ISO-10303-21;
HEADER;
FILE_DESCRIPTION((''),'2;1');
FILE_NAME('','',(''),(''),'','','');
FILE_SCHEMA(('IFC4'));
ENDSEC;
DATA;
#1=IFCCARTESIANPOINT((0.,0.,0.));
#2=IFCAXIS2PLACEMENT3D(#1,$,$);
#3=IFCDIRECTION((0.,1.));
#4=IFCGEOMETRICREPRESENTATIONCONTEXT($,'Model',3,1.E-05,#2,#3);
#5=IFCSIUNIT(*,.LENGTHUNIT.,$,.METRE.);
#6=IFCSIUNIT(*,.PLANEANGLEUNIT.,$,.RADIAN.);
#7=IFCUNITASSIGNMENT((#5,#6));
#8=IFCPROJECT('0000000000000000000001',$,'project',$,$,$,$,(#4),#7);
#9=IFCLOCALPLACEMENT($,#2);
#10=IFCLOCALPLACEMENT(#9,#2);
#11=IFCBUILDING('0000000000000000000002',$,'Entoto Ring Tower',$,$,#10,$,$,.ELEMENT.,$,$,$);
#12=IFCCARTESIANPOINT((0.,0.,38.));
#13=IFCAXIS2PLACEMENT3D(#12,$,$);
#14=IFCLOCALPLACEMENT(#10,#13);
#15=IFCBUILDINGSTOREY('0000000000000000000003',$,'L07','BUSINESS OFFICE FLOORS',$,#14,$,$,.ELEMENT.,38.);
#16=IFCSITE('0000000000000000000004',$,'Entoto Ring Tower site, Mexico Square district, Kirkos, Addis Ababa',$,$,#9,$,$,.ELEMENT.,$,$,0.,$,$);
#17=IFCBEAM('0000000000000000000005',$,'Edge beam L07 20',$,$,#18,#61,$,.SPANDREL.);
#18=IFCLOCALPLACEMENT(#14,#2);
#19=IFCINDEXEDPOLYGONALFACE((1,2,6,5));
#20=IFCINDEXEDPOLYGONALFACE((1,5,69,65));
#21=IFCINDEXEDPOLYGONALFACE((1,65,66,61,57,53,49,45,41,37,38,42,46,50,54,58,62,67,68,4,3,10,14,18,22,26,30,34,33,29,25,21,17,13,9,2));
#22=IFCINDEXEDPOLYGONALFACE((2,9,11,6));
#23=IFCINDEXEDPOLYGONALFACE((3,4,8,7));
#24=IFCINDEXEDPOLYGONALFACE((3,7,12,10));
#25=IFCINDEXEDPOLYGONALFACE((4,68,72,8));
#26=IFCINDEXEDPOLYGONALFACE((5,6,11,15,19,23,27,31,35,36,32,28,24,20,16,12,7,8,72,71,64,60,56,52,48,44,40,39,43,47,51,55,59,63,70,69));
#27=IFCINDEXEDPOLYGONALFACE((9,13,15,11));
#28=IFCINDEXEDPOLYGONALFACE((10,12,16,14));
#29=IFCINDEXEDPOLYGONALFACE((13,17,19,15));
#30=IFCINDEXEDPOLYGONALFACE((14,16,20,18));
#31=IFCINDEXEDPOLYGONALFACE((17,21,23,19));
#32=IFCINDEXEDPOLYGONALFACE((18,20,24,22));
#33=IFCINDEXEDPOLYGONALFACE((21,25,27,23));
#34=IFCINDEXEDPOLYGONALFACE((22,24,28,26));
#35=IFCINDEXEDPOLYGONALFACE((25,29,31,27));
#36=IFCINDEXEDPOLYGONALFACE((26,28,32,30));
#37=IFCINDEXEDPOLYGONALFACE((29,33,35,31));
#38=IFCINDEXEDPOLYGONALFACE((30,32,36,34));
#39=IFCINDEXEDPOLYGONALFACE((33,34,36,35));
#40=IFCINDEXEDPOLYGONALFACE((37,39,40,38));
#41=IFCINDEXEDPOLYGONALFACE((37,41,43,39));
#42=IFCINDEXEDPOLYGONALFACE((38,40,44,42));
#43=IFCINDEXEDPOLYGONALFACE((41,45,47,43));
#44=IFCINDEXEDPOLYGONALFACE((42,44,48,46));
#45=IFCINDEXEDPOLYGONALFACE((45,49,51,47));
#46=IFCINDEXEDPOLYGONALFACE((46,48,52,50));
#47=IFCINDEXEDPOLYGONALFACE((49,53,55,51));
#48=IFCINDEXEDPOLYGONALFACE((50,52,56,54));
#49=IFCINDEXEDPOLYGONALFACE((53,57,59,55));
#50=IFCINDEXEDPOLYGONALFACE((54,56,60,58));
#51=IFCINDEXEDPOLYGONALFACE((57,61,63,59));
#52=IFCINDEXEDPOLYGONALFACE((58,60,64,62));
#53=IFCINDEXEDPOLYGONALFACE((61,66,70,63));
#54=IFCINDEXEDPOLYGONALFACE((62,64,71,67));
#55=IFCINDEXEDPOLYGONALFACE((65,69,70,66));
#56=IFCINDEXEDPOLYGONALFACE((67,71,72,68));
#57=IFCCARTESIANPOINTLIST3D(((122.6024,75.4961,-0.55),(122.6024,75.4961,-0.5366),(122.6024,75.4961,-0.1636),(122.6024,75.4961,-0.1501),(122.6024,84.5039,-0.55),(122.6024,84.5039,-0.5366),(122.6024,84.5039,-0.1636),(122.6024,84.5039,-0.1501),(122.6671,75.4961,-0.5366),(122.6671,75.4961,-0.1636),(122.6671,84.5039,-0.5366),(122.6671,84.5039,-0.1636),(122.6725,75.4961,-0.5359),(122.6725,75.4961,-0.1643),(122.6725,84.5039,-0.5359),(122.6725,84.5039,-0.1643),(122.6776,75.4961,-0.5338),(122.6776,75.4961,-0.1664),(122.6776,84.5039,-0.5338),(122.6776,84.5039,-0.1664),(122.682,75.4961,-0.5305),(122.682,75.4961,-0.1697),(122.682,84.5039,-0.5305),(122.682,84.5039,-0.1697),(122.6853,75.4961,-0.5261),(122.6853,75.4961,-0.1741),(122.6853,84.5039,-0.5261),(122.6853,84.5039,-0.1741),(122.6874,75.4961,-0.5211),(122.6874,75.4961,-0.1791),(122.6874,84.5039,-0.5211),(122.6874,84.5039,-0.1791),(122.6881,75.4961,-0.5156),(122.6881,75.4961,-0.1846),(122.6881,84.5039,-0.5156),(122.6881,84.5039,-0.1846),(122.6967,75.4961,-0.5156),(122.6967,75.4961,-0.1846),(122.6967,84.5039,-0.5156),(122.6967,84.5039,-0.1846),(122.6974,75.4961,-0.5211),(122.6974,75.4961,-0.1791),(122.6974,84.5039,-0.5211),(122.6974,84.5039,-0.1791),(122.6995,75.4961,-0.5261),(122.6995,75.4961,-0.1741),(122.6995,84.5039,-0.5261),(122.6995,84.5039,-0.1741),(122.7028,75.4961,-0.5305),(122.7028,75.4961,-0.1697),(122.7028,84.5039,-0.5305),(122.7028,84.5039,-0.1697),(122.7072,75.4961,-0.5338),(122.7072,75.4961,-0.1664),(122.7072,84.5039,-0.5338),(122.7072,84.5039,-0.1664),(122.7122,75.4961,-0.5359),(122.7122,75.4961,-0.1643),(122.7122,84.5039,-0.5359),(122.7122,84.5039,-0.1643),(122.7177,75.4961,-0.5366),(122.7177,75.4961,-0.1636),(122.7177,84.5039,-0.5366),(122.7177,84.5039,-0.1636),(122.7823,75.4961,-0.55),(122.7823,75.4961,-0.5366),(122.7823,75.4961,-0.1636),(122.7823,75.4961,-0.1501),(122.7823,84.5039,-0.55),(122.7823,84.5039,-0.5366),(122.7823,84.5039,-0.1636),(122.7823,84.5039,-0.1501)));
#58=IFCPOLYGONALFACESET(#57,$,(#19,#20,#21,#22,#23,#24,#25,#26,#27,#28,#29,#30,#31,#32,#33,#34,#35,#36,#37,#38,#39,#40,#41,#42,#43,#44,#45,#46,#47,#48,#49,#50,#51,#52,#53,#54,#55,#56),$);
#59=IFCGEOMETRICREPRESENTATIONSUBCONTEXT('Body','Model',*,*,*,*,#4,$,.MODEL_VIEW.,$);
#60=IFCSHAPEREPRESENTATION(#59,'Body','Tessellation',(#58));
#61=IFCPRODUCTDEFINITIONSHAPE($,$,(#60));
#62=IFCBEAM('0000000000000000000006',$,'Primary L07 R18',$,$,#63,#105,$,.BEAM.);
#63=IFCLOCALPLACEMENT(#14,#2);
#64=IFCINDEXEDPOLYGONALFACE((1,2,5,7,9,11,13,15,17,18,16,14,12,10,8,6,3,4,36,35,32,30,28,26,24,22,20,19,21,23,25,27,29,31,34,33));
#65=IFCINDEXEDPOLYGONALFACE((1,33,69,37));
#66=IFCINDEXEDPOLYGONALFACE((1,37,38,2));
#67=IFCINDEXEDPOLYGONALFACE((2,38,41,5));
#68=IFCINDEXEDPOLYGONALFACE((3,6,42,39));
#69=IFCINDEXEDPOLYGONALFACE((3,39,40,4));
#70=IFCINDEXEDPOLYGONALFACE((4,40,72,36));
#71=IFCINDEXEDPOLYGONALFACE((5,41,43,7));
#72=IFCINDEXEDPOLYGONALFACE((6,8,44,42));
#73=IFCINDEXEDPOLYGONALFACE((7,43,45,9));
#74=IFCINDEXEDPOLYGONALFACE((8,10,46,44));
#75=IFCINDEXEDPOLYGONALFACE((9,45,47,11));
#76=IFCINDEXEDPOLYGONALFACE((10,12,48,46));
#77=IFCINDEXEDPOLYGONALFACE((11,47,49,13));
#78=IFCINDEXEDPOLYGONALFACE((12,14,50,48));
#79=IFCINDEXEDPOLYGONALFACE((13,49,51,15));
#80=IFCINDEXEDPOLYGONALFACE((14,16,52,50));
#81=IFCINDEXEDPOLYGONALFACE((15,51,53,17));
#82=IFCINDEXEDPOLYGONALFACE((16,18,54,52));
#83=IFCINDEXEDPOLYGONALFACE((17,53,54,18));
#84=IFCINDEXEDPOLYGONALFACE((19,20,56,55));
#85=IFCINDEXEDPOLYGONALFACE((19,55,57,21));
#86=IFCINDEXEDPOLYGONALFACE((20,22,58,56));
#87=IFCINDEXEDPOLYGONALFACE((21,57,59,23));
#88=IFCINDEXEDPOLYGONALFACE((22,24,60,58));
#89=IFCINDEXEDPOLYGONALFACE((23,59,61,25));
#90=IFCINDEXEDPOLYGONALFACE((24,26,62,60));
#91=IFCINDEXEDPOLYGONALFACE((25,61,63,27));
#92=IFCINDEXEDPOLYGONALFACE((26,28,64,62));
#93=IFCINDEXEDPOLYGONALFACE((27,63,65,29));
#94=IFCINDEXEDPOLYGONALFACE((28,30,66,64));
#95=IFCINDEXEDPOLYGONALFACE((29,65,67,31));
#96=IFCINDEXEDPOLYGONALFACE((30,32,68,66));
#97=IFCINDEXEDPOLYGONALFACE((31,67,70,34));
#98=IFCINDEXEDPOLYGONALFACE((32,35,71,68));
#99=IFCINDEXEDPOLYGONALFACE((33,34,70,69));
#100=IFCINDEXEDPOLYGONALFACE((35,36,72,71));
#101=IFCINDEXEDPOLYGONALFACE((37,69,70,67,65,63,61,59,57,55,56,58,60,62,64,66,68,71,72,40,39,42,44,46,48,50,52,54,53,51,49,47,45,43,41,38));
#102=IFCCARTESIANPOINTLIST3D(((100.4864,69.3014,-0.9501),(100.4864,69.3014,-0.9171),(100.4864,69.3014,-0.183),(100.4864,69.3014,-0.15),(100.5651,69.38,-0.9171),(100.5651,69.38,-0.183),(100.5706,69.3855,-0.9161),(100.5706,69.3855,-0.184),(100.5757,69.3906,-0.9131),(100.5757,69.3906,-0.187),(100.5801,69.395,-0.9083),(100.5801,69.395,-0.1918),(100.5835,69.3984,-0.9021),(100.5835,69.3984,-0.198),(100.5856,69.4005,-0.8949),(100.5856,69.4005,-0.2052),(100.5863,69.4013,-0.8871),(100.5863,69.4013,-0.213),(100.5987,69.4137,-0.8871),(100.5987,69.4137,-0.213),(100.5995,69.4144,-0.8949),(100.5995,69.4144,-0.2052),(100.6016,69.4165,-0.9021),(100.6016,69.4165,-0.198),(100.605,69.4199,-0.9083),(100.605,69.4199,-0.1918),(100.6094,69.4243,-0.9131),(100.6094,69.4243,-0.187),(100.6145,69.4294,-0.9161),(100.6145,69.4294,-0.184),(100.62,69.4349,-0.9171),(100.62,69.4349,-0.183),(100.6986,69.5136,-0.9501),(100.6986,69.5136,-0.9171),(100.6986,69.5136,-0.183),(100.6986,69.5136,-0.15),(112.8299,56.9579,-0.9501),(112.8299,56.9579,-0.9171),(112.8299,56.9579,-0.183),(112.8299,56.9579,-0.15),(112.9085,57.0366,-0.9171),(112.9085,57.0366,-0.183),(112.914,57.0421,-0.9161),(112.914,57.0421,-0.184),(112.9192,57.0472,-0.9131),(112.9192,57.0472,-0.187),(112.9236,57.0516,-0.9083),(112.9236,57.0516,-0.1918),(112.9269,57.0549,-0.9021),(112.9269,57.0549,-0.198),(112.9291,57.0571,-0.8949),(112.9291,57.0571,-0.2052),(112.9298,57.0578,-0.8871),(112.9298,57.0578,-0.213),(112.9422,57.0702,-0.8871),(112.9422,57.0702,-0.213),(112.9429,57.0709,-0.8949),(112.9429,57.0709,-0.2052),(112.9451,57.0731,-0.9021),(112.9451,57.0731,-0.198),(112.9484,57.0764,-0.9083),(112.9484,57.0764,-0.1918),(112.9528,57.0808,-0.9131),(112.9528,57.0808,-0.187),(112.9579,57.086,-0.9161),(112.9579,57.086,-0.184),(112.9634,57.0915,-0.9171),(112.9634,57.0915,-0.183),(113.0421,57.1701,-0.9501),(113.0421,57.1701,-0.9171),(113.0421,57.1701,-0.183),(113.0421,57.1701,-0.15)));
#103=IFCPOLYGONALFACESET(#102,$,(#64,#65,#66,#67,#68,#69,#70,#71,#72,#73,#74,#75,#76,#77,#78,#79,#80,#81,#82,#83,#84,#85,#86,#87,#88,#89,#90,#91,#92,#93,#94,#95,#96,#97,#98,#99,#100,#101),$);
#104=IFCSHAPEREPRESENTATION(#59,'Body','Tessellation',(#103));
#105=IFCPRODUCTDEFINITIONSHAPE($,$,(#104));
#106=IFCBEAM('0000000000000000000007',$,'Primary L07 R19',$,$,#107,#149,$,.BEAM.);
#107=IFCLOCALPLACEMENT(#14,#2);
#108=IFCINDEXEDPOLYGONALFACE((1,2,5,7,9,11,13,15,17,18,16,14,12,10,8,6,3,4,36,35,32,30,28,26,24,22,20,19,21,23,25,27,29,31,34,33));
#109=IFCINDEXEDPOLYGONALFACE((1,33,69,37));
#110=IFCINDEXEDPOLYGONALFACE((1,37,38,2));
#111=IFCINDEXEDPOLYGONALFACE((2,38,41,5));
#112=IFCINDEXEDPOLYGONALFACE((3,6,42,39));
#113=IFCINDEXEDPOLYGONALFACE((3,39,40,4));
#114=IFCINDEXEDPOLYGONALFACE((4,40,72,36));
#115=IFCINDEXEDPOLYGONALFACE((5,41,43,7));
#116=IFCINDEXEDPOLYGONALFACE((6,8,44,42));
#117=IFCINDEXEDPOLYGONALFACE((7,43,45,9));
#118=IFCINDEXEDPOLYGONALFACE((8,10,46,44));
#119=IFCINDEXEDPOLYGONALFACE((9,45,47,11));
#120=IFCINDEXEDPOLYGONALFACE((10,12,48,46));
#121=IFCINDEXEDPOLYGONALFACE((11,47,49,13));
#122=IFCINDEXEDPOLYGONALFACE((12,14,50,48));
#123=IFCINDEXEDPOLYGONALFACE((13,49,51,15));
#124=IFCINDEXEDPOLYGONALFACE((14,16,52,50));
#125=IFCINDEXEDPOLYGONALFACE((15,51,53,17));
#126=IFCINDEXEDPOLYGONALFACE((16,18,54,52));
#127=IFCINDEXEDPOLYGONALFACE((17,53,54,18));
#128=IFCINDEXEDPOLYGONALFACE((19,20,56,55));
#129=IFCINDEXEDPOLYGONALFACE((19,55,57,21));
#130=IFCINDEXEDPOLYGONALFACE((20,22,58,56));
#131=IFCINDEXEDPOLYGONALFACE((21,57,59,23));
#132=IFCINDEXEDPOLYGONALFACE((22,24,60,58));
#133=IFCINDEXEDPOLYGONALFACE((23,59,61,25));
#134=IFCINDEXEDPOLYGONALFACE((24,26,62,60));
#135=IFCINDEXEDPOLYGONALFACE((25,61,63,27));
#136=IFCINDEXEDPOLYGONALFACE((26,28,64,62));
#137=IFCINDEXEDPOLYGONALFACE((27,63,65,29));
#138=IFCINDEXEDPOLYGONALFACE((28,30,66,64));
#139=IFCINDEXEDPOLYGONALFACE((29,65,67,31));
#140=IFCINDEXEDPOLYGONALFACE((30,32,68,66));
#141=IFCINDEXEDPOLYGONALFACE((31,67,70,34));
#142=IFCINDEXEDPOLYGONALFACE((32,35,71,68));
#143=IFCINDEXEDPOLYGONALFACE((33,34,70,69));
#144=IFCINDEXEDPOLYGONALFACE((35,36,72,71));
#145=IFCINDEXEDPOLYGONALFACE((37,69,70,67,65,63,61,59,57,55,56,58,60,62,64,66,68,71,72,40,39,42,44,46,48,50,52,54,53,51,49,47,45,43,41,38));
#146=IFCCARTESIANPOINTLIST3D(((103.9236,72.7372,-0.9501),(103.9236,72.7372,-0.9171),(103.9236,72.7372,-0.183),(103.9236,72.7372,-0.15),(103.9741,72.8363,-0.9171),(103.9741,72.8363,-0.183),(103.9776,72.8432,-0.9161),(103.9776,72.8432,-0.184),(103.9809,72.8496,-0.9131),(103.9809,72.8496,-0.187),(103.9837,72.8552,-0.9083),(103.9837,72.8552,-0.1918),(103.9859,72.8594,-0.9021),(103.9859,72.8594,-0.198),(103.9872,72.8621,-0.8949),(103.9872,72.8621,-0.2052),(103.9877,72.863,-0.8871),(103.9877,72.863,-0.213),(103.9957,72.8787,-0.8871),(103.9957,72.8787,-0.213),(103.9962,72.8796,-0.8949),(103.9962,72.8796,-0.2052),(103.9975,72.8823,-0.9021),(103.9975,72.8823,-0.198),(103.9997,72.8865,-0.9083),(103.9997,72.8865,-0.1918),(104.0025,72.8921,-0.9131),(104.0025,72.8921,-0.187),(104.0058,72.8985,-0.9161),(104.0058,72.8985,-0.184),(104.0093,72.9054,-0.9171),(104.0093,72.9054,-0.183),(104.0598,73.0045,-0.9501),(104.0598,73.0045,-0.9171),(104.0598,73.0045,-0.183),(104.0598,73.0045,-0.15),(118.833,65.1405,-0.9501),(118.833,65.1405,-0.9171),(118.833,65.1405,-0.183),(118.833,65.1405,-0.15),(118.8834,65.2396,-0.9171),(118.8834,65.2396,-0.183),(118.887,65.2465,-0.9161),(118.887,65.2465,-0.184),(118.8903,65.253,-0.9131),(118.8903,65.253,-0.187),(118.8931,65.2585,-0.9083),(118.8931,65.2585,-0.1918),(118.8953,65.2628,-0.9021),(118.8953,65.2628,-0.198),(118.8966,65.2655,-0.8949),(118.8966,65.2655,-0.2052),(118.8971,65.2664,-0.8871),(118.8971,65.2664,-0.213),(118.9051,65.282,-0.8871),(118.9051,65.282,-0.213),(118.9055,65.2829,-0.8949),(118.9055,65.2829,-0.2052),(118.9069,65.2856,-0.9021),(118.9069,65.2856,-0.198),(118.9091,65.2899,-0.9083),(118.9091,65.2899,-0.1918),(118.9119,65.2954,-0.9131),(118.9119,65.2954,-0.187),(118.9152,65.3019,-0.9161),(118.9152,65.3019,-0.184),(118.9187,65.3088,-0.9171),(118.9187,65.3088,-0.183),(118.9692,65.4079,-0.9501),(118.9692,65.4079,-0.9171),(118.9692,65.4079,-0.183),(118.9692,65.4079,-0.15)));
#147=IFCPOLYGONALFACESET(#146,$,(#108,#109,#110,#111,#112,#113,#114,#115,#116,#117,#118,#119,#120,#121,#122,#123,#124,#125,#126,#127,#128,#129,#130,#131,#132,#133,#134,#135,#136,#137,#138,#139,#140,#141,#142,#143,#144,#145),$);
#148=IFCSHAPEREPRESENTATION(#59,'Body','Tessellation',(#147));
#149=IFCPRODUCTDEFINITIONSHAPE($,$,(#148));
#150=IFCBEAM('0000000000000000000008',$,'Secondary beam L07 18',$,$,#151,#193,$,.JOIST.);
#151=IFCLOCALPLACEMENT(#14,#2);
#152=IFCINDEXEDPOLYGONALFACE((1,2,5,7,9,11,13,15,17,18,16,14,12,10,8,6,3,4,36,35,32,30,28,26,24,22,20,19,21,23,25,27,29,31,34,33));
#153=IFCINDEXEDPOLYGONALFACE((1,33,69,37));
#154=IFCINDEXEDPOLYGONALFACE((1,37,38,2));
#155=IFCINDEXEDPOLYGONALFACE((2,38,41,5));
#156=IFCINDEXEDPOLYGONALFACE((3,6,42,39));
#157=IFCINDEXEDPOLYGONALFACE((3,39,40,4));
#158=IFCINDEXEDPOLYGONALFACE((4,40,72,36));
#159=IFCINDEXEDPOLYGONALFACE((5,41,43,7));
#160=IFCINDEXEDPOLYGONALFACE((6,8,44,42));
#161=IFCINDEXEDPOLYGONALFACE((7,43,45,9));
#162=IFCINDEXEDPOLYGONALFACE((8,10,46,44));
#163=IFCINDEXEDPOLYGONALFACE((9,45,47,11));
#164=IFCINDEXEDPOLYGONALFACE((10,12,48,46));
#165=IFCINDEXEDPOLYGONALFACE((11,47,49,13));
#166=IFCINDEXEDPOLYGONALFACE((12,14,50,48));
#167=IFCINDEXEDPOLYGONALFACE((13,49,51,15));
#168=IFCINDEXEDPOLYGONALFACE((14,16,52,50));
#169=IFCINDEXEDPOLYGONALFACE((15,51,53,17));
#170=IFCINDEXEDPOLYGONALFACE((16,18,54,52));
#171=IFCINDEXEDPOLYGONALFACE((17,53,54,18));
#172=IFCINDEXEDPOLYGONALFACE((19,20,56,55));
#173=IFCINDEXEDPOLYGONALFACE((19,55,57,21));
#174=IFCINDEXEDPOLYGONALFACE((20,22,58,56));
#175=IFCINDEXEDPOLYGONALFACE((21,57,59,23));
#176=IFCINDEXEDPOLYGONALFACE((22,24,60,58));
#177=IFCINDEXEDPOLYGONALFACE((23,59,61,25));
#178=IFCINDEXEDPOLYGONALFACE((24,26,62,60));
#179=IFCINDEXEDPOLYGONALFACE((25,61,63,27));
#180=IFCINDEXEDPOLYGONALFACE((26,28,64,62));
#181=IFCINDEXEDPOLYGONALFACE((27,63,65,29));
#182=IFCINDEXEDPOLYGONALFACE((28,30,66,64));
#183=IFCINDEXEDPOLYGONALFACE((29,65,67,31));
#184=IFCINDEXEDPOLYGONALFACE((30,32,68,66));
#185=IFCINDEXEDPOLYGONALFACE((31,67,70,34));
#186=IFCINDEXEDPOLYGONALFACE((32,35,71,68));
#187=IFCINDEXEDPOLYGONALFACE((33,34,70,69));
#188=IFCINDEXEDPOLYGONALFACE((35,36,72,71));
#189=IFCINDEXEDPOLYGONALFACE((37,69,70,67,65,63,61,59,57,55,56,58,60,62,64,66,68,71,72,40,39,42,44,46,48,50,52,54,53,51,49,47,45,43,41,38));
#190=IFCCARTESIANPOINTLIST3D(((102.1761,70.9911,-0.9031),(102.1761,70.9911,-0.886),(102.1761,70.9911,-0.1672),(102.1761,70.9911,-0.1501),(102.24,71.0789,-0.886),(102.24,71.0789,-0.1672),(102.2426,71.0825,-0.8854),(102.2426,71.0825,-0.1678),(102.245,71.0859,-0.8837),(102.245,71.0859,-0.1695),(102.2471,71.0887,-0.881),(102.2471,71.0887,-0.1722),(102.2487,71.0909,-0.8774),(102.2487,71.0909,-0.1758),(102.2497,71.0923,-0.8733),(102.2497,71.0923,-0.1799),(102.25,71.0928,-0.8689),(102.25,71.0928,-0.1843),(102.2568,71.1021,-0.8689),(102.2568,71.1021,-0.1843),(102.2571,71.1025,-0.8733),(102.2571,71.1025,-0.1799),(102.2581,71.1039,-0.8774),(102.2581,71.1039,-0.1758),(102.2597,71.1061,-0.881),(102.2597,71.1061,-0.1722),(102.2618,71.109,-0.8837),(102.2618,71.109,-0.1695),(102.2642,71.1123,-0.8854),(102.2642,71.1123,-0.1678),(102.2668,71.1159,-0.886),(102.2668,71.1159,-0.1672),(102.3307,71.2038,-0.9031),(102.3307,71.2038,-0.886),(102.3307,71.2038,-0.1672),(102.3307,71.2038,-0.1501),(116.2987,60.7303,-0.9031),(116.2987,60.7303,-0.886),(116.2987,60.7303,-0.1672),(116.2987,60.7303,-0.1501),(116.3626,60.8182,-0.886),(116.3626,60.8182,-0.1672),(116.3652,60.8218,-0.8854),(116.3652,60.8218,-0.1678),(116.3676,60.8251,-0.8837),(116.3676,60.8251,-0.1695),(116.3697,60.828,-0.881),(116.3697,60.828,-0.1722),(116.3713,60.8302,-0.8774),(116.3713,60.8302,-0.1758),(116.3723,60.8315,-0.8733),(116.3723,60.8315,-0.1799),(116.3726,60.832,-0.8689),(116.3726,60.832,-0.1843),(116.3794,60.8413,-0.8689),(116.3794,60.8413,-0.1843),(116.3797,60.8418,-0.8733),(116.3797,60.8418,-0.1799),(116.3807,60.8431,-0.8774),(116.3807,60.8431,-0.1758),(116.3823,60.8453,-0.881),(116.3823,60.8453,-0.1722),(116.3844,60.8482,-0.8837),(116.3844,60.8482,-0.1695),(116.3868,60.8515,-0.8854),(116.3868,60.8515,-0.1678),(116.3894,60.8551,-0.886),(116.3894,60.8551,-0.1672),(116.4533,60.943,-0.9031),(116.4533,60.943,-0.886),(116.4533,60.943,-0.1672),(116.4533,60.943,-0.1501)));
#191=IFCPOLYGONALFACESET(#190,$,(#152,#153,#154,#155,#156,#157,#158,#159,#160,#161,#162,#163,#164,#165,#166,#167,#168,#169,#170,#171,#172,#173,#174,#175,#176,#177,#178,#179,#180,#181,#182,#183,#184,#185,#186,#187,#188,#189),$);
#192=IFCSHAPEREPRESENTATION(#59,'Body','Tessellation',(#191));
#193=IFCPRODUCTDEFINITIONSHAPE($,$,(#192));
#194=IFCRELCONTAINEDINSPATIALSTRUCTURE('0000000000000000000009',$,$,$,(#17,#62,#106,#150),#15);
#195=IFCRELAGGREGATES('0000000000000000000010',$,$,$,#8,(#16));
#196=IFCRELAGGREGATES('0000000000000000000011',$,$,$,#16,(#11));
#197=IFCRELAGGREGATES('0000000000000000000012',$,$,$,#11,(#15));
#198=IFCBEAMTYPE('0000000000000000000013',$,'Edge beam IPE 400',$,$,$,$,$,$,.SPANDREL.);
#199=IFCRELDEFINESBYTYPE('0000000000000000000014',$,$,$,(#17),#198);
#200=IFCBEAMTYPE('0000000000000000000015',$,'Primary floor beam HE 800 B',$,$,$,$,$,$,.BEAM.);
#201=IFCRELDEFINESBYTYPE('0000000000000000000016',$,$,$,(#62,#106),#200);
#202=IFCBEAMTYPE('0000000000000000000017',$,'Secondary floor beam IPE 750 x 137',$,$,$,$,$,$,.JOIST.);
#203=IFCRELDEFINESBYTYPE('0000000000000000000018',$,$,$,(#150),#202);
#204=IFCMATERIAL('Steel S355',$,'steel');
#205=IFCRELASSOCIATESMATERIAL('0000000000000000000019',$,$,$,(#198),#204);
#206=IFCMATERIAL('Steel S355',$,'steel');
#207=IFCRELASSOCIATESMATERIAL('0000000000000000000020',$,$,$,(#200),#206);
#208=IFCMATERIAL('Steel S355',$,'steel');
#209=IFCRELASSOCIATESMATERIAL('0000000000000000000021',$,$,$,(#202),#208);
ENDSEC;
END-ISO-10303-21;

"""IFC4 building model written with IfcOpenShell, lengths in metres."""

from ifc_helpers import new_model, si_unit, direction, frame, origin, origin_2d, place, context, subcontext, project, spatial, i_section, extrude, material, material_profile, profile_set, type_object, element, save


model = new_model("IFC4")

# Units and contexts
model_context = context("Model", 3, precision=1e-05, world=origin(), true_north=direction((0.0, 1.0)))
body_context = subcontext(model_context, "Body", "Model", "MODEL_VIEW")
ifc_project = project(units=[si_unit("LENGTHUNIT", "METRE"), si_unit("PLANEANGLEUNIT", "RADIAN")], contexts=[model_context])

# Site, building, storey
site_placement = place(None, origin())
site = spatial("IfcSite", under=ifc_project, at=site_placement, Name="Entoto Ring Tower site, Mexico Square district, Kirkos, Addis Ababa", CompositionType="ELEMENT", RefElevation=0.0)
building_placement = place(site_placement, origin())
building = spatial("IfcBuilding", under=site, at=building_placement, Name="Entoto Ring Tower", CompositionType="ELEMENT")
storey_placement = place(building_placement, frame((0.0, 0.0, 38.0)))
storey = spatial("IfcBuildingStorey", under=building, at=storey_placement, Name="L07", Description="BUSINESS OFFICE FLOORS", CompositionType="ELEMENT", Elevation=38.0)

# Beams
ifc_material_1 = material(Name="Steel S355", Category="steel")
ifc_material_profile_1 = material_profile(ifc_material_1, i_section(OverallWidth=0.1799, OverallDepth=0.3999, WebThickness=0.0085, FlangeThickness=0.0134, FilletRadius=0.021, at=origin_2d()), Name="IPE 400")
ifc_profile_set_1 = profile_set([ifc_material_profile_1], Name="Steel S355")
beam_type_1 = type_object("IfcBeamType", Name="Edge beam IPE 400", PredefinedType="SPANDREL", material=ifc_profile_set_1)
beam_1_placement = place(storey_placement, frame((122.6924, 75.4961, -0.3501), z_axis=(0.0, 1.0, 0.0), x_axis=(-1.0, 0.0, 0.0)))
element("IfcBeam", 1, at=beam_1_placement, inside=storey, type_object=beam_type_1, Name="Edge beam L07 20", PredefinedType="SPANDREL", context=body_context, shape_type="SweptSolid", body=[
    extrude(i_section(OverallWidth=0.1799, OverallDepth=0.3999, WebThickness=0.0085, FlangeThickness=0.0134, FilletRadius=0.021, at=origin_2d()), origin(), (0.0, 0.0, 1.0), 9.0078),
])
ifc_material_2 = material(Name="Steel S355", Category="steel")
ifc_material_profile_2 = material_profile(ifc_material_2, i_section(OverallWidth=0.3, OverallDepth=0.8, WebThickness=0.0176, FlangeThickness=0.033, FilletRadius=0.03, at=origin_2d()), Name="HE 800 B")
ifc_profile_set_2 = profile_set([ifc_material_profile_2], Name="Steel S355")
beam_type_2 = type_object("IfcBeamType", Name="Primary floor beam HE 800 B", PredefinedType="BEAM", material=ifc_profile_set_2)
beam_2_placement = place(storey_placement, frame((100.5925, 69.4075, -0.55), z_axis=(0.707107, -0.707107, 0.0), x_axis=(0.707107, 0.707107, 0.0)))
element("IfcBeam", 2, at=beam_2_placement, inside=storey, type_object=beam_type_2, Name="Primary L07 R18", PredefinedType="BEAM", context=body_context, shape_type="SweptSolid", body=[
    extrude(i_section(OverallWidth=0.3, OverallDepth=0.8, WebThickness=0.0176, FlangeThickness=0.033, FilletRadius=0.03, at=origin_2d()), origin(), (0.0, 0.0, 1.0), 17.4563),
])
beam_3_placement = place(storey_placement, frame((103.9917, 72.8708, -0.55), z_axis=(0.891008, -0.453988, 0.0), x_axis=(0.453988, 0.891008, 0.0)))
element("IfcBeam", 3, at=beam_3_placement, inside=storey, type_object=beam_type_2, Name="Primary L07 R19", PredefinedType="BEAM", context=body_context, shape_type="SweptSolid", body=[
    extrude(i_section(OverallWidth=0.3, OverallDepth=0.8, WebThickness=0.0176, FlangeThickness=0.033, FilletRadius=0.03, at=origin_2d()), origin(), (0.0, 0.0, 1.0), 16.7332),
])
ifc_material_3 = material(Name="Steel S355", Category="steel")
ifc_material_profile_3 = material_profile(ifc_material_3, i_section(OverallWidth=0.2629, OverallDepth=0.7529, WebThickness=0.0115, FlangeThickness=0.0171, FilletRadius=0.0171, at=origin_2d()), Name="IPE 750 x 137")
ifc_profile_set_3 = profile_set([ifc_material_profile_3], Name="Steel S355")
beam_type_3 = type_object("IfcBeamType", Name="Secondary floor beam IPE 750 x 137", PredefinedType="JOIST", material=ifc_profile_set_3)
beam_4_placement = place(storey_placement, frame((102.2534, 71.0974, -0.5266), z_axis=(0.809014, -0.587789, 0.0), x_axis=(0.587789, 0.809014, 0.0)))
element("IfcBeam", 4, at=beam_4_placement, inside=storey, type_object=beam_type_3, Name="Secondary beam L07 18", PredefinedType="JOIST", context=body_context, shape_type="SweptSolid", body=[
    extrude(i_section(OverallWidth=0.2629, OverallDepth=0.7529, WebThickness=0.0115, FlangeThickness=0.0171, FilletRadius=0.0171, at=origin_2d()), origin(), (0.0, 0.0, 1.0), 17.4565),
])

save(model, "model.ifc")
